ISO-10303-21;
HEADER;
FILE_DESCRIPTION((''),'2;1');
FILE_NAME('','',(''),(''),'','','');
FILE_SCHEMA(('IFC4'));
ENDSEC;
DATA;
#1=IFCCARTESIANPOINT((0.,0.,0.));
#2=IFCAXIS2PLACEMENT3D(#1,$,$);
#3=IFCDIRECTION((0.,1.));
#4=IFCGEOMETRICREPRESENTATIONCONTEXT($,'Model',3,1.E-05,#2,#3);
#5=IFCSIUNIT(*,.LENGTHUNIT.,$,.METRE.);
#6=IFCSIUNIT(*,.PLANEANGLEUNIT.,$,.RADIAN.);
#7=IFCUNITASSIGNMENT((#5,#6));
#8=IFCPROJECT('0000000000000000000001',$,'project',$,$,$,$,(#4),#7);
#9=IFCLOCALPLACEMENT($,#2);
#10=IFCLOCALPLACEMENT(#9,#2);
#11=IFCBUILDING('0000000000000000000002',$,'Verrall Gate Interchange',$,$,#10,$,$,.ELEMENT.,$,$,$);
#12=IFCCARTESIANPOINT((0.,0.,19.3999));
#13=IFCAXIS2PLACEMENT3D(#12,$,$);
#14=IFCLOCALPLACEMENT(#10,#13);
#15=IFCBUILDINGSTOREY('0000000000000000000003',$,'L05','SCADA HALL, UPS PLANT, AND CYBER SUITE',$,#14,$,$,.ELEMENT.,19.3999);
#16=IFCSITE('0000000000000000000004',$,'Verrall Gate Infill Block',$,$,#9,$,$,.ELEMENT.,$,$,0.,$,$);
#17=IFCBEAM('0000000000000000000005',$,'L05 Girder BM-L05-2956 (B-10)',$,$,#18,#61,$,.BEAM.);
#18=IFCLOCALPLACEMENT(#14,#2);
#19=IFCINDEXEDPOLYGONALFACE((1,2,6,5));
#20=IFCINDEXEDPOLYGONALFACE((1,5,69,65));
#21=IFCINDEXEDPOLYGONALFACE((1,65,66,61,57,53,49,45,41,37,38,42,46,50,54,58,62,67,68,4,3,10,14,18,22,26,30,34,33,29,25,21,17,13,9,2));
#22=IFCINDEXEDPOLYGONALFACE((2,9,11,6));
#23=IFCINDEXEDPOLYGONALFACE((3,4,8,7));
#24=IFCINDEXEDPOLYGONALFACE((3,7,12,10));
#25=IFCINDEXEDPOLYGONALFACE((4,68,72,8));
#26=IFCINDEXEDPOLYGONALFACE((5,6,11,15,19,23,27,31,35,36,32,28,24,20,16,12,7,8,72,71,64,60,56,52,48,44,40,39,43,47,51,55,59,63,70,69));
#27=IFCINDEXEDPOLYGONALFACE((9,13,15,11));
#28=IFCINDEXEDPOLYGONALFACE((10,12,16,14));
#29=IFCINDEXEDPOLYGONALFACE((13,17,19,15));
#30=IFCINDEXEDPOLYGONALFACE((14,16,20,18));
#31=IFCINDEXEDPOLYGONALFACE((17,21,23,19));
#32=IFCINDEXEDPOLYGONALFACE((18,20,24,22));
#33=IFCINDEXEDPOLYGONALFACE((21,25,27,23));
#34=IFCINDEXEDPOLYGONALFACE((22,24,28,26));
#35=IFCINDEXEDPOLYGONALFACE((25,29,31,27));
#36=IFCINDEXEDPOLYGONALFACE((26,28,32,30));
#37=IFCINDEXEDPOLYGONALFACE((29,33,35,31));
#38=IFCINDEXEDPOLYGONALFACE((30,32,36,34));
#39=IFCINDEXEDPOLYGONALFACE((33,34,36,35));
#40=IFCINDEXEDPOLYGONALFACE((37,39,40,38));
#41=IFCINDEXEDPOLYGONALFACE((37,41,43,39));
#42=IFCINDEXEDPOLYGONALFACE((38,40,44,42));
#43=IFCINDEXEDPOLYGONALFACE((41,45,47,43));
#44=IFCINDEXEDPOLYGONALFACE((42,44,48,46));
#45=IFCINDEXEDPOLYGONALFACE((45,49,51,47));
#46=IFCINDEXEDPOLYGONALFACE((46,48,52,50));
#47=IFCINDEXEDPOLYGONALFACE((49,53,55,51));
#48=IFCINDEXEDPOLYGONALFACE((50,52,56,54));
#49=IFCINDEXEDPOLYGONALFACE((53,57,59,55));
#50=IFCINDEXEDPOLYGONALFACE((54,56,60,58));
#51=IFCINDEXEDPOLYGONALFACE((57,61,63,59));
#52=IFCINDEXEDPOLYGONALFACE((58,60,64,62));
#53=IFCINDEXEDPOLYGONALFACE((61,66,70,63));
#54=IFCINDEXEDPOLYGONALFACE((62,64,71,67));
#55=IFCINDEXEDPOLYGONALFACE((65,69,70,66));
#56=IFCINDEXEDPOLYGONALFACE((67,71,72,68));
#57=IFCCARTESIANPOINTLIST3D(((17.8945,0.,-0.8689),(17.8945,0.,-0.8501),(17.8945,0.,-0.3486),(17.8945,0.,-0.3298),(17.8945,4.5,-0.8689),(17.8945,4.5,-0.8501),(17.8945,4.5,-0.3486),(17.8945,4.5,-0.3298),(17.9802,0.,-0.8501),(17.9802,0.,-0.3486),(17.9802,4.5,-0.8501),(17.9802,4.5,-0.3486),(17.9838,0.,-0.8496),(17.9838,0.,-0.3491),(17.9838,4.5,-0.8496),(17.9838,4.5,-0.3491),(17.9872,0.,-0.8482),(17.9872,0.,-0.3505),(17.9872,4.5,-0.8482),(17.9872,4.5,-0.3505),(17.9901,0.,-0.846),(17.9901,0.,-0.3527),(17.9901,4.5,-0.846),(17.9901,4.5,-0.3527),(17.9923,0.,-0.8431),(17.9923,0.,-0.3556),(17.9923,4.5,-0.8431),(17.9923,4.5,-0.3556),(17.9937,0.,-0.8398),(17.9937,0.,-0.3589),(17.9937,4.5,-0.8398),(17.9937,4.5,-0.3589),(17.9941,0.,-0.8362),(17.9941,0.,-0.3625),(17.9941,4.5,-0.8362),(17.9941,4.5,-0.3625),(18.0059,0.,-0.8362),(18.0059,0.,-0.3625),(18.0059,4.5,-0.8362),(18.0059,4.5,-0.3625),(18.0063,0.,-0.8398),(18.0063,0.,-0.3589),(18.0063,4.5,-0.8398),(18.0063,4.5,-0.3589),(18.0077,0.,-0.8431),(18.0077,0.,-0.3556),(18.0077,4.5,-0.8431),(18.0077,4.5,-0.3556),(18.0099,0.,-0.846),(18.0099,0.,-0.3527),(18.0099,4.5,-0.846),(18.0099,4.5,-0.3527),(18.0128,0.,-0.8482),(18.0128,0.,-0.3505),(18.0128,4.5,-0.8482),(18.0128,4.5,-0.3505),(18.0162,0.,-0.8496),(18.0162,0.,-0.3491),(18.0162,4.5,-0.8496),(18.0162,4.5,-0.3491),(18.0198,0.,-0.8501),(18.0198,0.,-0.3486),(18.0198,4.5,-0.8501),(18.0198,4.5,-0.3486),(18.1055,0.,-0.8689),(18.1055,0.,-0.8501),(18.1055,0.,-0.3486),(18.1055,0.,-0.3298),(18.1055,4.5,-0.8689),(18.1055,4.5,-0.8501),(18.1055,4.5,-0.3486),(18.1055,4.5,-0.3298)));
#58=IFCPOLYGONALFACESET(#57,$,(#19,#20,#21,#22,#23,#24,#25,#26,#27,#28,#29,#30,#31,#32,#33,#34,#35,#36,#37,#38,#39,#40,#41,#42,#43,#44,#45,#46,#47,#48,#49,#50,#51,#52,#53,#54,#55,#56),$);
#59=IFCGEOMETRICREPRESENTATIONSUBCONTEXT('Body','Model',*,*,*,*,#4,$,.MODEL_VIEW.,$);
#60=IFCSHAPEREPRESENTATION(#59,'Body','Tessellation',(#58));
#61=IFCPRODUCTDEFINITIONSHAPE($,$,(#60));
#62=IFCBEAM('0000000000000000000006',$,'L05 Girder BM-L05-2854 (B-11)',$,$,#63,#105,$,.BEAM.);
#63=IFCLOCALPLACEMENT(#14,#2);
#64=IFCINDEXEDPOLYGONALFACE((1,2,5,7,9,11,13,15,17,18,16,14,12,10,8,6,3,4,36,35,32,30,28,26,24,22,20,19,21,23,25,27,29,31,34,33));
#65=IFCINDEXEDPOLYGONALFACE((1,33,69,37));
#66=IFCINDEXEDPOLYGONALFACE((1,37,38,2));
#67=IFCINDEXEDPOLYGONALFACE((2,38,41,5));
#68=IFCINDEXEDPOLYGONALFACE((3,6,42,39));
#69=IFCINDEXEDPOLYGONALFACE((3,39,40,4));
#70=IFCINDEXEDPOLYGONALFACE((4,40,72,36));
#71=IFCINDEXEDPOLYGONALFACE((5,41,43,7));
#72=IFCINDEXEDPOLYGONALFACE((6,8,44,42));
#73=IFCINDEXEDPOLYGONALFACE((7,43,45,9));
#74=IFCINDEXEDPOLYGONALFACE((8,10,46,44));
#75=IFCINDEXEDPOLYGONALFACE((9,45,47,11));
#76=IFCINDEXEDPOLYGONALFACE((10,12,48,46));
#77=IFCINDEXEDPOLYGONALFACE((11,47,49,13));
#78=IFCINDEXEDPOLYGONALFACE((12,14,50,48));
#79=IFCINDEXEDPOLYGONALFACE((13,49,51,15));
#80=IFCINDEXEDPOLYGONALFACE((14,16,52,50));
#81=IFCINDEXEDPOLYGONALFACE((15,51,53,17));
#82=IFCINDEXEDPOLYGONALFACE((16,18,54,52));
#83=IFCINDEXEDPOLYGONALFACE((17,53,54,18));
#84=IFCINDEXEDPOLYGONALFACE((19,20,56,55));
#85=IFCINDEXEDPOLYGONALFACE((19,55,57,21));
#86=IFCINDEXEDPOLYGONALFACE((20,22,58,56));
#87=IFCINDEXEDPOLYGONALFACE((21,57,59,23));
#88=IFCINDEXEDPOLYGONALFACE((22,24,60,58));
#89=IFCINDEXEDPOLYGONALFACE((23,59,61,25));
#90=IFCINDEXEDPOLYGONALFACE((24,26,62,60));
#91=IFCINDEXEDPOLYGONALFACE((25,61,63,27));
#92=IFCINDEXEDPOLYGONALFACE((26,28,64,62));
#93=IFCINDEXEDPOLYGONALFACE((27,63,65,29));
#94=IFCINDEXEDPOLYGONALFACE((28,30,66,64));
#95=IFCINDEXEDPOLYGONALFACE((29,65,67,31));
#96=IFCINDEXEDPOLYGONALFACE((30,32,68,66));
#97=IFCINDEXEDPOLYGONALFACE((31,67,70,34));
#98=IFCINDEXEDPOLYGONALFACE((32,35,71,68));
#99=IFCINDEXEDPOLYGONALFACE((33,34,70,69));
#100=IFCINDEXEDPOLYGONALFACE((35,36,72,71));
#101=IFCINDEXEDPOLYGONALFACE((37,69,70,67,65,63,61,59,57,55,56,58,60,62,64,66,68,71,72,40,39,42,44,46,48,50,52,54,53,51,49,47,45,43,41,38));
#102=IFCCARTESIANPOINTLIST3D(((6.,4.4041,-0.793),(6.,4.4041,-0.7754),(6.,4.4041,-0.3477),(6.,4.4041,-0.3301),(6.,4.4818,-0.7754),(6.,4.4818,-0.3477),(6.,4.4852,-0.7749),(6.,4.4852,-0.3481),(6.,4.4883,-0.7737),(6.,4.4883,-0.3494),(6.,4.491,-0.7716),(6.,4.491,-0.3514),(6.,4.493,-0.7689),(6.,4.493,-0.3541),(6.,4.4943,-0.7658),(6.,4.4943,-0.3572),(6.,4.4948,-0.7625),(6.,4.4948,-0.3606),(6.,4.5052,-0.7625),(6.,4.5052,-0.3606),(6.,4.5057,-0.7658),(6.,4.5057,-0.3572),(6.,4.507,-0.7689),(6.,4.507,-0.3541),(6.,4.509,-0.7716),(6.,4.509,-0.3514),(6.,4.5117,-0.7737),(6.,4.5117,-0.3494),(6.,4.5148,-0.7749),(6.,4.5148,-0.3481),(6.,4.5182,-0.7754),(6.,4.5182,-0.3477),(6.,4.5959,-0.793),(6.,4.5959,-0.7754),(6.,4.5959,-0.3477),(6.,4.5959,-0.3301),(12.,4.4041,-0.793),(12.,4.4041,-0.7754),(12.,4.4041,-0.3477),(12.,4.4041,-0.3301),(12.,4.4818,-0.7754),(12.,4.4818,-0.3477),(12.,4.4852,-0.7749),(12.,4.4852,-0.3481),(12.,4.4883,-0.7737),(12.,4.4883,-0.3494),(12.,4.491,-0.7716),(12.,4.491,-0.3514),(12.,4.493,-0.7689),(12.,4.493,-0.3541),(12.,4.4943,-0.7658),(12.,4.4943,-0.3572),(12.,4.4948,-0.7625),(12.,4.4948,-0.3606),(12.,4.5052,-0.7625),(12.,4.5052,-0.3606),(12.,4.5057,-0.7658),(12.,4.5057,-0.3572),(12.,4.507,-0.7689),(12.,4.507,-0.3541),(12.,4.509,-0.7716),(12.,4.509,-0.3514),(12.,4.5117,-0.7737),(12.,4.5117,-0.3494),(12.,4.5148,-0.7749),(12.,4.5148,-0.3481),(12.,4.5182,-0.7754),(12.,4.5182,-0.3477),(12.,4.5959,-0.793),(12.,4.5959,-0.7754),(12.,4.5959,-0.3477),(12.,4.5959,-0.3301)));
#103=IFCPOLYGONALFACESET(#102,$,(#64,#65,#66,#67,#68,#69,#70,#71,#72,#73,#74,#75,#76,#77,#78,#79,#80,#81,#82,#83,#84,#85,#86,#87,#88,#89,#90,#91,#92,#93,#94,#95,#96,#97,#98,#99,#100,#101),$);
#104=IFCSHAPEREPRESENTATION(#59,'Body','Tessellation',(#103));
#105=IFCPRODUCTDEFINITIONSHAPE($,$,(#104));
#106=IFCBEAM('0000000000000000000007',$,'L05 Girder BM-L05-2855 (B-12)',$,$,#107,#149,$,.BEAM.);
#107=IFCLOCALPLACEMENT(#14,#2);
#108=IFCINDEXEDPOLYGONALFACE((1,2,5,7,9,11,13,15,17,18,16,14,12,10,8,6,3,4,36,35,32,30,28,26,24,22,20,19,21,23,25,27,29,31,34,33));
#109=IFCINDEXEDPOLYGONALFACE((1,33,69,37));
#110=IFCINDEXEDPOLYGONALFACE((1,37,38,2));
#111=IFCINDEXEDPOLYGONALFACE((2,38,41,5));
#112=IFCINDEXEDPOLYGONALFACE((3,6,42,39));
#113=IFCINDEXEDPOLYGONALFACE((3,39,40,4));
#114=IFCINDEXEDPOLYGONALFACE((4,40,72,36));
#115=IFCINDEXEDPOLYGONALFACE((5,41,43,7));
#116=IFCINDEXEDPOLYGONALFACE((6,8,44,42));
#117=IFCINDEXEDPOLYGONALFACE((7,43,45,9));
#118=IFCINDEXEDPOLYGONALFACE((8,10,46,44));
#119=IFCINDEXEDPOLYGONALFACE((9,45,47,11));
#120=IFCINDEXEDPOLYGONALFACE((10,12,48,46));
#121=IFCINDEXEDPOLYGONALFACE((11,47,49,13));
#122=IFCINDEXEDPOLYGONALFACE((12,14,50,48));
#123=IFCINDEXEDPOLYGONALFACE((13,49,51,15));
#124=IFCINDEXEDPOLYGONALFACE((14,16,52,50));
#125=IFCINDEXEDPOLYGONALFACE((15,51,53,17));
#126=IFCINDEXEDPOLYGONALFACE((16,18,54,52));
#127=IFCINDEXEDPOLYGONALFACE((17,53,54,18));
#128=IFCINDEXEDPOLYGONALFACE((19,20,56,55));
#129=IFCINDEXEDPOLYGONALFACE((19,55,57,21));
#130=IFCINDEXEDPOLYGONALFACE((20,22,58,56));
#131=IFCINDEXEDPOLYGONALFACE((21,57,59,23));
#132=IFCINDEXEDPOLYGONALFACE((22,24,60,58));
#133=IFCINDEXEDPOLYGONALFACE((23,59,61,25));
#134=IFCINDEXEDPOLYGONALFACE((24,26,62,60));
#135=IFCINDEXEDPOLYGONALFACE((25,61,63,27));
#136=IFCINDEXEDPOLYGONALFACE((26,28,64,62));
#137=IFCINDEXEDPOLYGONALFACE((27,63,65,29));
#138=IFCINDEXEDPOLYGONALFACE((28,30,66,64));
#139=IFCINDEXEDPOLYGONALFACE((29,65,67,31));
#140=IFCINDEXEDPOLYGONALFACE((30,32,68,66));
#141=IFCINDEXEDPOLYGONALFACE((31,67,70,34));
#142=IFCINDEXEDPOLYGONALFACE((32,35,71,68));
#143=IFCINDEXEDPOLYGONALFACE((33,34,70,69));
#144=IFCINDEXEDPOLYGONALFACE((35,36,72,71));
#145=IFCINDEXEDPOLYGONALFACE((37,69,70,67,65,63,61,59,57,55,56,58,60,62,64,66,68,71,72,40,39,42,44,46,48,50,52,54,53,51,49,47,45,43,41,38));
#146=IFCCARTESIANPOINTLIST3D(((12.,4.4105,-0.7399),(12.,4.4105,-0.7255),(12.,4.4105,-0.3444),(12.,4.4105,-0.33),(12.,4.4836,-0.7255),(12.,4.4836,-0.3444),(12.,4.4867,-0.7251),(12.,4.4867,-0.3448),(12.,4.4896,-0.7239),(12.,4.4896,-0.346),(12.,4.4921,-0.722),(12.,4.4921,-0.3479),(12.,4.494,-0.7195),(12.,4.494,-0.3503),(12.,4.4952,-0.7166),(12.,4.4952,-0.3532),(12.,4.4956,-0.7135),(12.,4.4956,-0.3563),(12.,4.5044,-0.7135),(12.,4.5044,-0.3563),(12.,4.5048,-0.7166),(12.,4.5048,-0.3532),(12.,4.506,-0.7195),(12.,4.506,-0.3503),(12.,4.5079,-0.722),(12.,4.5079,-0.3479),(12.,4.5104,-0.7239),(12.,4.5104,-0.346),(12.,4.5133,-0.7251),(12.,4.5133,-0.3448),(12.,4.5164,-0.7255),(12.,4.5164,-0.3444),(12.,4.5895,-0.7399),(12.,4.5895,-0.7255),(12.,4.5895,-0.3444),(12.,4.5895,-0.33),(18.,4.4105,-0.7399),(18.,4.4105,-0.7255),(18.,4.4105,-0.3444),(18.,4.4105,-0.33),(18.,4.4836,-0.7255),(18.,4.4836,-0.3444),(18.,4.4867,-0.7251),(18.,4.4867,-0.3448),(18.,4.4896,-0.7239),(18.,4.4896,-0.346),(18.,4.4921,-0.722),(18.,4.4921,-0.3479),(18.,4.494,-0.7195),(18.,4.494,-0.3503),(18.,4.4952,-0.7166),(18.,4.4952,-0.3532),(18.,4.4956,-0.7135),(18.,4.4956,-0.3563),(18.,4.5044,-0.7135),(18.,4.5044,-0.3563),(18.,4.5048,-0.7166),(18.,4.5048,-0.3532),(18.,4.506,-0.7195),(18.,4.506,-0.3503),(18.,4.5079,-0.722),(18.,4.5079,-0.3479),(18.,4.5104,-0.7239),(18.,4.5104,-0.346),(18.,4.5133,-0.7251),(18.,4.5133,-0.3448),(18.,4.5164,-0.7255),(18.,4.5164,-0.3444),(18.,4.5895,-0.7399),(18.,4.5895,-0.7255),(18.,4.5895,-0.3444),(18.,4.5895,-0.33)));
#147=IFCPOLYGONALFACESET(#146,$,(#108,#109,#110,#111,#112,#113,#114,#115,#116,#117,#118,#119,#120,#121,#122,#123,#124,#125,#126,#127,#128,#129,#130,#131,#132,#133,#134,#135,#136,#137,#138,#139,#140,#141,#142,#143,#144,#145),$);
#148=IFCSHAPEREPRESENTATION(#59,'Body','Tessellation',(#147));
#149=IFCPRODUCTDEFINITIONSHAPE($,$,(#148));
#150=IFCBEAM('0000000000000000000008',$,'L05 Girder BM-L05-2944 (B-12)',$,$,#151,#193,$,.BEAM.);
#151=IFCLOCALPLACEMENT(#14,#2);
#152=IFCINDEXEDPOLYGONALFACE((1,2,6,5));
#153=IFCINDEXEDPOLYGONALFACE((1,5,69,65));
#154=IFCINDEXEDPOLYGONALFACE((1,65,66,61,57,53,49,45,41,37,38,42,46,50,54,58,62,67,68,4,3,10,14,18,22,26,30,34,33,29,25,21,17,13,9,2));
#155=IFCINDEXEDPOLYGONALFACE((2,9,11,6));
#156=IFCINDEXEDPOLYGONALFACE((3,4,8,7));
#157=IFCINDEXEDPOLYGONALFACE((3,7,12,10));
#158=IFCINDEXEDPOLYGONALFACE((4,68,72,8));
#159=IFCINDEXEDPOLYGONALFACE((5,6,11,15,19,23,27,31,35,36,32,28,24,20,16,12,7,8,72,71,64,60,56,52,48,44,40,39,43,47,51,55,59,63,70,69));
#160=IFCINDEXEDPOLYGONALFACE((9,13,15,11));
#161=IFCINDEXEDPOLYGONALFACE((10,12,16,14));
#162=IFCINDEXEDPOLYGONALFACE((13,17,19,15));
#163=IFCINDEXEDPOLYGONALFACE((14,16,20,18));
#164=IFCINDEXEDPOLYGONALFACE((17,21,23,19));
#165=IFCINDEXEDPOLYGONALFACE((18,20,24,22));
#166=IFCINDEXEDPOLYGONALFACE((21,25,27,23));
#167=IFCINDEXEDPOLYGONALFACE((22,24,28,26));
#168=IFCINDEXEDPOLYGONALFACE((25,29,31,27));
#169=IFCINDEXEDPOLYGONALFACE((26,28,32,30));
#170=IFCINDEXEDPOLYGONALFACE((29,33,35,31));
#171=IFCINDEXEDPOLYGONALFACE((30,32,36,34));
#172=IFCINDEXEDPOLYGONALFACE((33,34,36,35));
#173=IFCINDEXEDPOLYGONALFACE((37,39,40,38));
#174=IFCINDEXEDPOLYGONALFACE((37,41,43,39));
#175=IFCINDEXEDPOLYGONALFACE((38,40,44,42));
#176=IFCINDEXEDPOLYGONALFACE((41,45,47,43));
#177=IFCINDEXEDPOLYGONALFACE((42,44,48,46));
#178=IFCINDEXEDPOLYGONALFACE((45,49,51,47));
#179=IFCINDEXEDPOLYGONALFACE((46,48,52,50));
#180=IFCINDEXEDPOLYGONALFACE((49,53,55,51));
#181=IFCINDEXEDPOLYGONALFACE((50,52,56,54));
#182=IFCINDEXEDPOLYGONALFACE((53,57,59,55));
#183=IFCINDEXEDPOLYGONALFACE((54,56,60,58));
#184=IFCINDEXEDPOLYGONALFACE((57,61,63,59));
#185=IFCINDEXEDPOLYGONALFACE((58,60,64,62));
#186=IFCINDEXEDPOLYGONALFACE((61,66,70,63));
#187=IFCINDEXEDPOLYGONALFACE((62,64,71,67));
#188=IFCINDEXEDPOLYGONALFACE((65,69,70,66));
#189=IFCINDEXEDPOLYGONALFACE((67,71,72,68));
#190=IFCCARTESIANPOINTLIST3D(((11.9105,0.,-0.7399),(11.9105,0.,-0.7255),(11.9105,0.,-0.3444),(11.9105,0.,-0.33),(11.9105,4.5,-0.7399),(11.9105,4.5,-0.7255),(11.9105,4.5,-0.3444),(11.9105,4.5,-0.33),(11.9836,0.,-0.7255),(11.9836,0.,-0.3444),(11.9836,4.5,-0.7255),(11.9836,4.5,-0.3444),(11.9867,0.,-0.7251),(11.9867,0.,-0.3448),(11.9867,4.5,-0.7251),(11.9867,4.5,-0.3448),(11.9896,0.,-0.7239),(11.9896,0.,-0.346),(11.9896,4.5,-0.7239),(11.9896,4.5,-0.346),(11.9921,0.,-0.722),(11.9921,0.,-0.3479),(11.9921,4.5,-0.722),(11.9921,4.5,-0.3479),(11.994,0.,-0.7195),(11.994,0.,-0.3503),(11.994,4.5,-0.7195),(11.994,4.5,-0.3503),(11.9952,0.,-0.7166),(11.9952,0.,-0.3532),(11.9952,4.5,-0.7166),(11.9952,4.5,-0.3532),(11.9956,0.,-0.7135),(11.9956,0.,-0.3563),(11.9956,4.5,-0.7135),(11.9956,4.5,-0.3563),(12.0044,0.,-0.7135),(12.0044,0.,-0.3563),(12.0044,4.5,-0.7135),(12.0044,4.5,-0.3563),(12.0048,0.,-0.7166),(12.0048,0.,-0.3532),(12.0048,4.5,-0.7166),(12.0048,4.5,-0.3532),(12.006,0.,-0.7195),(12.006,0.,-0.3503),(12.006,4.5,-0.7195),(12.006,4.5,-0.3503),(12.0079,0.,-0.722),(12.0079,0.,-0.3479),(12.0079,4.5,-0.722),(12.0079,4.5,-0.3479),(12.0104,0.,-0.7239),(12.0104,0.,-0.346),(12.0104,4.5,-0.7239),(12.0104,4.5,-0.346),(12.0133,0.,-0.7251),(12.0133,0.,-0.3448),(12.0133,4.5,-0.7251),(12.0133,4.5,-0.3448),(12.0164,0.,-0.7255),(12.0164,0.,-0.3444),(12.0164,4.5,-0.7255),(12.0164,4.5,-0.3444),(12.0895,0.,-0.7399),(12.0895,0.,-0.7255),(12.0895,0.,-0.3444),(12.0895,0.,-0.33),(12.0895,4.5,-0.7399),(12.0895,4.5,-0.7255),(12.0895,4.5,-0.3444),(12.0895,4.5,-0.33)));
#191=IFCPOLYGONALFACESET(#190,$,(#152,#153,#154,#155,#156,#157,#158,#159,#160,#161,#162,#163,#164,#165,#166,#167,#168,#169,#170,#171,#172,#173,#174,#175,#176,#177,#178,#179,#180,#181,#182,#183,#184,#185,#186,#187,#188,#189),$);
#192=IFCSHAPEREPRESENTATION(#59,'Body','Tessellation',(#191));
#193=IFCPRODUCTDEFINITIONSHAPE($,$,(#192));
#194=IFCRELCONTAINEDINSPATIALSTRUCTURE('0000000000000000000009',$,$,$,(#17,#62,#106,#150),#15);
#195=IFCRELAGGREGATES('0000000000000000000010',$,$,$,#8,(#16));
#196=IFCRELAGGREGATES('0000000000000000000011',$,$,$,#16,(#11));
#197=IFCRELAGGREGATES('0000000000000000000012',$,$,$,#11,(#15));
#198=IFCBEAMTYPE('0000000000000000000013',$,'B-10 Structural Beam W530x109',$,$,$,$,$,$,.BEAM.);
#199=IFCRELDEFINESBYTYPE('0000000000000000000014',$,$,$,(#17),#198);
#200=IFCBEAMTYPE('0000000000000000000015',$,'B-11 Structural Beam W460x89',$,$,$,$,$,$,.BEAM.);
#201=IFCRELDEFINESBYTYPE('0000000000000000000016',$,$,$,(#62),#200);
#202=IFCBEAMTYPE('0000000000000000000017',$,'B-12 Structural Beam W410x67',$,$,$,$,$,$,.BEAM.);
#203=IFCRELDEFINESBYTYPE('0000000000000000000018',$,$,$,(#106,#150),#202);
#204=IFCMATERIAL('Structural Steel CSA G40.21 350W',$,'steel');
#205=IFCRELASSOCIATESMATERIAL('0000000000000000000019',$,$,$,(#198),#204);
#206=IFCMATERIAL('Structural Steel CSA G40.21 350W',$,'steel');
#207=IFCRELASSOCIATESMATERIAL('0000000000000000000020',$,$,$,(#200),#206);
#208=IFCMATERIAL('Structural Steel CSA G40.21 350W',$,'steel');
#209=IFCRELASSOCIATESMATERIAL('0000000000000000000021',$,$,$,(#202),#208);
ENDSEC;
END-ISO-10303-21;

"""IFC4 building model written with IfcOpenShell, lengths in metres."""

from ifc_helpers import new_model, si_unit, direction, frame, origin, origin_2d, place, context, subcontext, project, spatial, i_section, extrude, material, material_profile, profile_set, type_object, element, save


model = new_model("IFC4")

# Units and contexts
model_context = context("Model", 3, precision=1e-05, world=origin(), true_north=direction((0.0, 1.0)))
body_context = subcontext(model_context, "Body", "Model", "MODEL_VIEW")
ifc_project = project(units=[si_unit("LENGTHUNIT", "METRE"), si_unit("PLANEANGLEUNIT", "RADIAN")], contexts=[model_context])

# Site, building, storey
site_placement = place(None, origin())
site = spatial("IfcSite", under=ifc_project, at=site_placement, Name="Verrall Gate Infill Block", CompositionType="ELEMENT", RefElevation=0.0)
building_placement = place(site_placement, origin())
building = spatial("IfcBuilding", under=site, at=building_placement, Name="Verrall Gate Interchange", CompositionType="ELEMENT")
storey_placement = place(building_placement, frame((0.0, 0.0, 19.3999)))
storey = spatial("IfcBuildingStorey", under=building, at=storey_placement, Name="L05", Description="SCADA HALL, UPS PLANT, AND CYBER SUITE", CompositionType="ELEMENT", Elevation=19.3999)

# Beams
ifc_material_1 = material(Name="Structural Steel CSA G40.21 350W", Category="steel")
ifc_material_profile_1 = material_profile(ifc_material_1, i_section(OverallWidth=0.2109, OverallDepth=0.5391, WebThickness=0.0117, FlangeThickness=0.0188, FilletRadius=0.0139, at=origin_2d()), Name="W530x109")
ifc_profile_set_1 = profile_set([ifc_material_profile_1], Name="Structural Steel CSA G40.21 350W")
beam_type_1 = type_object("IfcBeamType", Name="B-10 Structural Beam W530x109", PredefinedType="BEAM", material=ifc_profile_set_1)
beam_1_placement = place(storey_placement, frame((18.0, 0.0, -0.5994), z_axis=(0.0, 1.0, 0.0), x_axis=(-1.0, 0.0, 0.0)))
element("IfcBeam", 1, at=beam_1_placement, inside=storey, type_object=beam_type_1, Name="L05 Girder BM-L05-2956 (B-10)", PredefinedType="BEAM", context=body_context, shape_type="SweptSolid", body=[
    extrude(i_section(OverallWidth=0.2109, OverallDepth=0.5391, WebThickness=0.0117, FlangeThickness=0.0188, FilletRadius=0.0139, at=origin_2d()), origin(), (0.0, 0.0, 1.0), 4.5),
])
ifc_material_2 = material(Name="Structural Steel CSA G40.21 350W", Category="steel")
ifc_material_profile_2 = material_profile(ifc_material_2, i_section(OverallWidth=0.1919, OverallDepth=0.4629, WebThickness=0.0105, FlangeThickness=0.0176, FilletRadius=0.0129, at=origin_2d()), Name="W460x89")
ifc_profile_set_2 = profile_set([ifc_material_profile_2], Name="Structural Steel CSA G40.21 350W")
beam_type_2 = type_object("IfcBeamType", Name="B-11 Structural Beam W460x89", PredefinedType="BEAM", material=ifc_profile_set_2)
beam_2_placement = place(storey_placement, frame((6.0, 4.5, -0.5615), z_axis=(1.0, 0.0, 0.0), x_axis=(0.0, 1.0, 0.0)))
element("IfcBeam", 2, at=beam_2_placement, inside=storey, type_object=beam_type_2, Name="L05 Girder BM-L05-2854 (B-11)", PredefinedType="BEAM", context=body_context, shape_type="SweptSolid", body=[
    extrude(i_section(OverallWidth=0.1919, OverallDepth=0.4629, WebThickness=0.0105, FlangeThickness=0.0176, FilletRadius=0.0129, at=origin_2d()), origin(), (0.0, 0.0, 1.0), 6.0),
])
ifc_material_3 = material(Name="Structural Steel CSA G40.21 350W", Category="steel")
ifc_material_profile_3 = material_profile(ifc_material_3, i_section(OverallWidth=0.179, OverallDepth=0.4099, WebThickness=0.0088, FlangeThickness=0.0144, FilletRadius=0.012, at=origin_2d()), Name="W410x67")
ifc_profile_set_3 = profile_set([ifc_material_profile_3], Name="Structural Steel CSA G40.21 350W")
beam_type_3 = type_object("IfcBeamType", Name="B-12 Structural Beam W410x67", PredefinedType="BEAM", material=ifc_profile_set_3)
beam_3_placement = place(storey_placement, frame((12.0, 4.5, -0.5349), z_axis=(1.0, 0.0, 0.0), x_axis=(0.0, 1.0, 0.0)))
element("IfcBeam", 3, at=beam_3_placement, inside=storey, type_object=beam_type_3, Name="L05 Girder BM-L05-2855 (B-12)", PredefinedType="BEAM", context=body_context, shape_type="SweptSolid", body=[
    extrude(i_section(OverallWidth=0.179, OverallDepth=0.4099, WebThickness=0.0088, FlangeThickness=0.0144, FilletRadius=0.012, at=origin_2d()), origin(), (0.0, 0.0, 1.0), 6.0),
])
beam_4_placement = place(storey_placement, frame((12.0, 0.0, -0.5349), z_axis=(0.0, 1.0, 0.0), x_axis=(-1.0, 0.0, 0.0)))
element("IfcBeam", 4, at=beam_4_placement, inside=storey, type_object=beam_type_3, Name="L05 Girder BM-L05-2944 (B-12)", PredefinedType="BEAM", context=body_context, shape_type="SweptSolid", body=[
    extrude(i_section(OverallWidth=0.179, OverallDepth=0.4099, WebThickness=0.0088, FlangeThickness=0.0144, FilletRadius=0.012, at=origin_2d()), origin(), (0.0, 0.0, 1.0), 4.5),
])

save(model, "model.ifc")
